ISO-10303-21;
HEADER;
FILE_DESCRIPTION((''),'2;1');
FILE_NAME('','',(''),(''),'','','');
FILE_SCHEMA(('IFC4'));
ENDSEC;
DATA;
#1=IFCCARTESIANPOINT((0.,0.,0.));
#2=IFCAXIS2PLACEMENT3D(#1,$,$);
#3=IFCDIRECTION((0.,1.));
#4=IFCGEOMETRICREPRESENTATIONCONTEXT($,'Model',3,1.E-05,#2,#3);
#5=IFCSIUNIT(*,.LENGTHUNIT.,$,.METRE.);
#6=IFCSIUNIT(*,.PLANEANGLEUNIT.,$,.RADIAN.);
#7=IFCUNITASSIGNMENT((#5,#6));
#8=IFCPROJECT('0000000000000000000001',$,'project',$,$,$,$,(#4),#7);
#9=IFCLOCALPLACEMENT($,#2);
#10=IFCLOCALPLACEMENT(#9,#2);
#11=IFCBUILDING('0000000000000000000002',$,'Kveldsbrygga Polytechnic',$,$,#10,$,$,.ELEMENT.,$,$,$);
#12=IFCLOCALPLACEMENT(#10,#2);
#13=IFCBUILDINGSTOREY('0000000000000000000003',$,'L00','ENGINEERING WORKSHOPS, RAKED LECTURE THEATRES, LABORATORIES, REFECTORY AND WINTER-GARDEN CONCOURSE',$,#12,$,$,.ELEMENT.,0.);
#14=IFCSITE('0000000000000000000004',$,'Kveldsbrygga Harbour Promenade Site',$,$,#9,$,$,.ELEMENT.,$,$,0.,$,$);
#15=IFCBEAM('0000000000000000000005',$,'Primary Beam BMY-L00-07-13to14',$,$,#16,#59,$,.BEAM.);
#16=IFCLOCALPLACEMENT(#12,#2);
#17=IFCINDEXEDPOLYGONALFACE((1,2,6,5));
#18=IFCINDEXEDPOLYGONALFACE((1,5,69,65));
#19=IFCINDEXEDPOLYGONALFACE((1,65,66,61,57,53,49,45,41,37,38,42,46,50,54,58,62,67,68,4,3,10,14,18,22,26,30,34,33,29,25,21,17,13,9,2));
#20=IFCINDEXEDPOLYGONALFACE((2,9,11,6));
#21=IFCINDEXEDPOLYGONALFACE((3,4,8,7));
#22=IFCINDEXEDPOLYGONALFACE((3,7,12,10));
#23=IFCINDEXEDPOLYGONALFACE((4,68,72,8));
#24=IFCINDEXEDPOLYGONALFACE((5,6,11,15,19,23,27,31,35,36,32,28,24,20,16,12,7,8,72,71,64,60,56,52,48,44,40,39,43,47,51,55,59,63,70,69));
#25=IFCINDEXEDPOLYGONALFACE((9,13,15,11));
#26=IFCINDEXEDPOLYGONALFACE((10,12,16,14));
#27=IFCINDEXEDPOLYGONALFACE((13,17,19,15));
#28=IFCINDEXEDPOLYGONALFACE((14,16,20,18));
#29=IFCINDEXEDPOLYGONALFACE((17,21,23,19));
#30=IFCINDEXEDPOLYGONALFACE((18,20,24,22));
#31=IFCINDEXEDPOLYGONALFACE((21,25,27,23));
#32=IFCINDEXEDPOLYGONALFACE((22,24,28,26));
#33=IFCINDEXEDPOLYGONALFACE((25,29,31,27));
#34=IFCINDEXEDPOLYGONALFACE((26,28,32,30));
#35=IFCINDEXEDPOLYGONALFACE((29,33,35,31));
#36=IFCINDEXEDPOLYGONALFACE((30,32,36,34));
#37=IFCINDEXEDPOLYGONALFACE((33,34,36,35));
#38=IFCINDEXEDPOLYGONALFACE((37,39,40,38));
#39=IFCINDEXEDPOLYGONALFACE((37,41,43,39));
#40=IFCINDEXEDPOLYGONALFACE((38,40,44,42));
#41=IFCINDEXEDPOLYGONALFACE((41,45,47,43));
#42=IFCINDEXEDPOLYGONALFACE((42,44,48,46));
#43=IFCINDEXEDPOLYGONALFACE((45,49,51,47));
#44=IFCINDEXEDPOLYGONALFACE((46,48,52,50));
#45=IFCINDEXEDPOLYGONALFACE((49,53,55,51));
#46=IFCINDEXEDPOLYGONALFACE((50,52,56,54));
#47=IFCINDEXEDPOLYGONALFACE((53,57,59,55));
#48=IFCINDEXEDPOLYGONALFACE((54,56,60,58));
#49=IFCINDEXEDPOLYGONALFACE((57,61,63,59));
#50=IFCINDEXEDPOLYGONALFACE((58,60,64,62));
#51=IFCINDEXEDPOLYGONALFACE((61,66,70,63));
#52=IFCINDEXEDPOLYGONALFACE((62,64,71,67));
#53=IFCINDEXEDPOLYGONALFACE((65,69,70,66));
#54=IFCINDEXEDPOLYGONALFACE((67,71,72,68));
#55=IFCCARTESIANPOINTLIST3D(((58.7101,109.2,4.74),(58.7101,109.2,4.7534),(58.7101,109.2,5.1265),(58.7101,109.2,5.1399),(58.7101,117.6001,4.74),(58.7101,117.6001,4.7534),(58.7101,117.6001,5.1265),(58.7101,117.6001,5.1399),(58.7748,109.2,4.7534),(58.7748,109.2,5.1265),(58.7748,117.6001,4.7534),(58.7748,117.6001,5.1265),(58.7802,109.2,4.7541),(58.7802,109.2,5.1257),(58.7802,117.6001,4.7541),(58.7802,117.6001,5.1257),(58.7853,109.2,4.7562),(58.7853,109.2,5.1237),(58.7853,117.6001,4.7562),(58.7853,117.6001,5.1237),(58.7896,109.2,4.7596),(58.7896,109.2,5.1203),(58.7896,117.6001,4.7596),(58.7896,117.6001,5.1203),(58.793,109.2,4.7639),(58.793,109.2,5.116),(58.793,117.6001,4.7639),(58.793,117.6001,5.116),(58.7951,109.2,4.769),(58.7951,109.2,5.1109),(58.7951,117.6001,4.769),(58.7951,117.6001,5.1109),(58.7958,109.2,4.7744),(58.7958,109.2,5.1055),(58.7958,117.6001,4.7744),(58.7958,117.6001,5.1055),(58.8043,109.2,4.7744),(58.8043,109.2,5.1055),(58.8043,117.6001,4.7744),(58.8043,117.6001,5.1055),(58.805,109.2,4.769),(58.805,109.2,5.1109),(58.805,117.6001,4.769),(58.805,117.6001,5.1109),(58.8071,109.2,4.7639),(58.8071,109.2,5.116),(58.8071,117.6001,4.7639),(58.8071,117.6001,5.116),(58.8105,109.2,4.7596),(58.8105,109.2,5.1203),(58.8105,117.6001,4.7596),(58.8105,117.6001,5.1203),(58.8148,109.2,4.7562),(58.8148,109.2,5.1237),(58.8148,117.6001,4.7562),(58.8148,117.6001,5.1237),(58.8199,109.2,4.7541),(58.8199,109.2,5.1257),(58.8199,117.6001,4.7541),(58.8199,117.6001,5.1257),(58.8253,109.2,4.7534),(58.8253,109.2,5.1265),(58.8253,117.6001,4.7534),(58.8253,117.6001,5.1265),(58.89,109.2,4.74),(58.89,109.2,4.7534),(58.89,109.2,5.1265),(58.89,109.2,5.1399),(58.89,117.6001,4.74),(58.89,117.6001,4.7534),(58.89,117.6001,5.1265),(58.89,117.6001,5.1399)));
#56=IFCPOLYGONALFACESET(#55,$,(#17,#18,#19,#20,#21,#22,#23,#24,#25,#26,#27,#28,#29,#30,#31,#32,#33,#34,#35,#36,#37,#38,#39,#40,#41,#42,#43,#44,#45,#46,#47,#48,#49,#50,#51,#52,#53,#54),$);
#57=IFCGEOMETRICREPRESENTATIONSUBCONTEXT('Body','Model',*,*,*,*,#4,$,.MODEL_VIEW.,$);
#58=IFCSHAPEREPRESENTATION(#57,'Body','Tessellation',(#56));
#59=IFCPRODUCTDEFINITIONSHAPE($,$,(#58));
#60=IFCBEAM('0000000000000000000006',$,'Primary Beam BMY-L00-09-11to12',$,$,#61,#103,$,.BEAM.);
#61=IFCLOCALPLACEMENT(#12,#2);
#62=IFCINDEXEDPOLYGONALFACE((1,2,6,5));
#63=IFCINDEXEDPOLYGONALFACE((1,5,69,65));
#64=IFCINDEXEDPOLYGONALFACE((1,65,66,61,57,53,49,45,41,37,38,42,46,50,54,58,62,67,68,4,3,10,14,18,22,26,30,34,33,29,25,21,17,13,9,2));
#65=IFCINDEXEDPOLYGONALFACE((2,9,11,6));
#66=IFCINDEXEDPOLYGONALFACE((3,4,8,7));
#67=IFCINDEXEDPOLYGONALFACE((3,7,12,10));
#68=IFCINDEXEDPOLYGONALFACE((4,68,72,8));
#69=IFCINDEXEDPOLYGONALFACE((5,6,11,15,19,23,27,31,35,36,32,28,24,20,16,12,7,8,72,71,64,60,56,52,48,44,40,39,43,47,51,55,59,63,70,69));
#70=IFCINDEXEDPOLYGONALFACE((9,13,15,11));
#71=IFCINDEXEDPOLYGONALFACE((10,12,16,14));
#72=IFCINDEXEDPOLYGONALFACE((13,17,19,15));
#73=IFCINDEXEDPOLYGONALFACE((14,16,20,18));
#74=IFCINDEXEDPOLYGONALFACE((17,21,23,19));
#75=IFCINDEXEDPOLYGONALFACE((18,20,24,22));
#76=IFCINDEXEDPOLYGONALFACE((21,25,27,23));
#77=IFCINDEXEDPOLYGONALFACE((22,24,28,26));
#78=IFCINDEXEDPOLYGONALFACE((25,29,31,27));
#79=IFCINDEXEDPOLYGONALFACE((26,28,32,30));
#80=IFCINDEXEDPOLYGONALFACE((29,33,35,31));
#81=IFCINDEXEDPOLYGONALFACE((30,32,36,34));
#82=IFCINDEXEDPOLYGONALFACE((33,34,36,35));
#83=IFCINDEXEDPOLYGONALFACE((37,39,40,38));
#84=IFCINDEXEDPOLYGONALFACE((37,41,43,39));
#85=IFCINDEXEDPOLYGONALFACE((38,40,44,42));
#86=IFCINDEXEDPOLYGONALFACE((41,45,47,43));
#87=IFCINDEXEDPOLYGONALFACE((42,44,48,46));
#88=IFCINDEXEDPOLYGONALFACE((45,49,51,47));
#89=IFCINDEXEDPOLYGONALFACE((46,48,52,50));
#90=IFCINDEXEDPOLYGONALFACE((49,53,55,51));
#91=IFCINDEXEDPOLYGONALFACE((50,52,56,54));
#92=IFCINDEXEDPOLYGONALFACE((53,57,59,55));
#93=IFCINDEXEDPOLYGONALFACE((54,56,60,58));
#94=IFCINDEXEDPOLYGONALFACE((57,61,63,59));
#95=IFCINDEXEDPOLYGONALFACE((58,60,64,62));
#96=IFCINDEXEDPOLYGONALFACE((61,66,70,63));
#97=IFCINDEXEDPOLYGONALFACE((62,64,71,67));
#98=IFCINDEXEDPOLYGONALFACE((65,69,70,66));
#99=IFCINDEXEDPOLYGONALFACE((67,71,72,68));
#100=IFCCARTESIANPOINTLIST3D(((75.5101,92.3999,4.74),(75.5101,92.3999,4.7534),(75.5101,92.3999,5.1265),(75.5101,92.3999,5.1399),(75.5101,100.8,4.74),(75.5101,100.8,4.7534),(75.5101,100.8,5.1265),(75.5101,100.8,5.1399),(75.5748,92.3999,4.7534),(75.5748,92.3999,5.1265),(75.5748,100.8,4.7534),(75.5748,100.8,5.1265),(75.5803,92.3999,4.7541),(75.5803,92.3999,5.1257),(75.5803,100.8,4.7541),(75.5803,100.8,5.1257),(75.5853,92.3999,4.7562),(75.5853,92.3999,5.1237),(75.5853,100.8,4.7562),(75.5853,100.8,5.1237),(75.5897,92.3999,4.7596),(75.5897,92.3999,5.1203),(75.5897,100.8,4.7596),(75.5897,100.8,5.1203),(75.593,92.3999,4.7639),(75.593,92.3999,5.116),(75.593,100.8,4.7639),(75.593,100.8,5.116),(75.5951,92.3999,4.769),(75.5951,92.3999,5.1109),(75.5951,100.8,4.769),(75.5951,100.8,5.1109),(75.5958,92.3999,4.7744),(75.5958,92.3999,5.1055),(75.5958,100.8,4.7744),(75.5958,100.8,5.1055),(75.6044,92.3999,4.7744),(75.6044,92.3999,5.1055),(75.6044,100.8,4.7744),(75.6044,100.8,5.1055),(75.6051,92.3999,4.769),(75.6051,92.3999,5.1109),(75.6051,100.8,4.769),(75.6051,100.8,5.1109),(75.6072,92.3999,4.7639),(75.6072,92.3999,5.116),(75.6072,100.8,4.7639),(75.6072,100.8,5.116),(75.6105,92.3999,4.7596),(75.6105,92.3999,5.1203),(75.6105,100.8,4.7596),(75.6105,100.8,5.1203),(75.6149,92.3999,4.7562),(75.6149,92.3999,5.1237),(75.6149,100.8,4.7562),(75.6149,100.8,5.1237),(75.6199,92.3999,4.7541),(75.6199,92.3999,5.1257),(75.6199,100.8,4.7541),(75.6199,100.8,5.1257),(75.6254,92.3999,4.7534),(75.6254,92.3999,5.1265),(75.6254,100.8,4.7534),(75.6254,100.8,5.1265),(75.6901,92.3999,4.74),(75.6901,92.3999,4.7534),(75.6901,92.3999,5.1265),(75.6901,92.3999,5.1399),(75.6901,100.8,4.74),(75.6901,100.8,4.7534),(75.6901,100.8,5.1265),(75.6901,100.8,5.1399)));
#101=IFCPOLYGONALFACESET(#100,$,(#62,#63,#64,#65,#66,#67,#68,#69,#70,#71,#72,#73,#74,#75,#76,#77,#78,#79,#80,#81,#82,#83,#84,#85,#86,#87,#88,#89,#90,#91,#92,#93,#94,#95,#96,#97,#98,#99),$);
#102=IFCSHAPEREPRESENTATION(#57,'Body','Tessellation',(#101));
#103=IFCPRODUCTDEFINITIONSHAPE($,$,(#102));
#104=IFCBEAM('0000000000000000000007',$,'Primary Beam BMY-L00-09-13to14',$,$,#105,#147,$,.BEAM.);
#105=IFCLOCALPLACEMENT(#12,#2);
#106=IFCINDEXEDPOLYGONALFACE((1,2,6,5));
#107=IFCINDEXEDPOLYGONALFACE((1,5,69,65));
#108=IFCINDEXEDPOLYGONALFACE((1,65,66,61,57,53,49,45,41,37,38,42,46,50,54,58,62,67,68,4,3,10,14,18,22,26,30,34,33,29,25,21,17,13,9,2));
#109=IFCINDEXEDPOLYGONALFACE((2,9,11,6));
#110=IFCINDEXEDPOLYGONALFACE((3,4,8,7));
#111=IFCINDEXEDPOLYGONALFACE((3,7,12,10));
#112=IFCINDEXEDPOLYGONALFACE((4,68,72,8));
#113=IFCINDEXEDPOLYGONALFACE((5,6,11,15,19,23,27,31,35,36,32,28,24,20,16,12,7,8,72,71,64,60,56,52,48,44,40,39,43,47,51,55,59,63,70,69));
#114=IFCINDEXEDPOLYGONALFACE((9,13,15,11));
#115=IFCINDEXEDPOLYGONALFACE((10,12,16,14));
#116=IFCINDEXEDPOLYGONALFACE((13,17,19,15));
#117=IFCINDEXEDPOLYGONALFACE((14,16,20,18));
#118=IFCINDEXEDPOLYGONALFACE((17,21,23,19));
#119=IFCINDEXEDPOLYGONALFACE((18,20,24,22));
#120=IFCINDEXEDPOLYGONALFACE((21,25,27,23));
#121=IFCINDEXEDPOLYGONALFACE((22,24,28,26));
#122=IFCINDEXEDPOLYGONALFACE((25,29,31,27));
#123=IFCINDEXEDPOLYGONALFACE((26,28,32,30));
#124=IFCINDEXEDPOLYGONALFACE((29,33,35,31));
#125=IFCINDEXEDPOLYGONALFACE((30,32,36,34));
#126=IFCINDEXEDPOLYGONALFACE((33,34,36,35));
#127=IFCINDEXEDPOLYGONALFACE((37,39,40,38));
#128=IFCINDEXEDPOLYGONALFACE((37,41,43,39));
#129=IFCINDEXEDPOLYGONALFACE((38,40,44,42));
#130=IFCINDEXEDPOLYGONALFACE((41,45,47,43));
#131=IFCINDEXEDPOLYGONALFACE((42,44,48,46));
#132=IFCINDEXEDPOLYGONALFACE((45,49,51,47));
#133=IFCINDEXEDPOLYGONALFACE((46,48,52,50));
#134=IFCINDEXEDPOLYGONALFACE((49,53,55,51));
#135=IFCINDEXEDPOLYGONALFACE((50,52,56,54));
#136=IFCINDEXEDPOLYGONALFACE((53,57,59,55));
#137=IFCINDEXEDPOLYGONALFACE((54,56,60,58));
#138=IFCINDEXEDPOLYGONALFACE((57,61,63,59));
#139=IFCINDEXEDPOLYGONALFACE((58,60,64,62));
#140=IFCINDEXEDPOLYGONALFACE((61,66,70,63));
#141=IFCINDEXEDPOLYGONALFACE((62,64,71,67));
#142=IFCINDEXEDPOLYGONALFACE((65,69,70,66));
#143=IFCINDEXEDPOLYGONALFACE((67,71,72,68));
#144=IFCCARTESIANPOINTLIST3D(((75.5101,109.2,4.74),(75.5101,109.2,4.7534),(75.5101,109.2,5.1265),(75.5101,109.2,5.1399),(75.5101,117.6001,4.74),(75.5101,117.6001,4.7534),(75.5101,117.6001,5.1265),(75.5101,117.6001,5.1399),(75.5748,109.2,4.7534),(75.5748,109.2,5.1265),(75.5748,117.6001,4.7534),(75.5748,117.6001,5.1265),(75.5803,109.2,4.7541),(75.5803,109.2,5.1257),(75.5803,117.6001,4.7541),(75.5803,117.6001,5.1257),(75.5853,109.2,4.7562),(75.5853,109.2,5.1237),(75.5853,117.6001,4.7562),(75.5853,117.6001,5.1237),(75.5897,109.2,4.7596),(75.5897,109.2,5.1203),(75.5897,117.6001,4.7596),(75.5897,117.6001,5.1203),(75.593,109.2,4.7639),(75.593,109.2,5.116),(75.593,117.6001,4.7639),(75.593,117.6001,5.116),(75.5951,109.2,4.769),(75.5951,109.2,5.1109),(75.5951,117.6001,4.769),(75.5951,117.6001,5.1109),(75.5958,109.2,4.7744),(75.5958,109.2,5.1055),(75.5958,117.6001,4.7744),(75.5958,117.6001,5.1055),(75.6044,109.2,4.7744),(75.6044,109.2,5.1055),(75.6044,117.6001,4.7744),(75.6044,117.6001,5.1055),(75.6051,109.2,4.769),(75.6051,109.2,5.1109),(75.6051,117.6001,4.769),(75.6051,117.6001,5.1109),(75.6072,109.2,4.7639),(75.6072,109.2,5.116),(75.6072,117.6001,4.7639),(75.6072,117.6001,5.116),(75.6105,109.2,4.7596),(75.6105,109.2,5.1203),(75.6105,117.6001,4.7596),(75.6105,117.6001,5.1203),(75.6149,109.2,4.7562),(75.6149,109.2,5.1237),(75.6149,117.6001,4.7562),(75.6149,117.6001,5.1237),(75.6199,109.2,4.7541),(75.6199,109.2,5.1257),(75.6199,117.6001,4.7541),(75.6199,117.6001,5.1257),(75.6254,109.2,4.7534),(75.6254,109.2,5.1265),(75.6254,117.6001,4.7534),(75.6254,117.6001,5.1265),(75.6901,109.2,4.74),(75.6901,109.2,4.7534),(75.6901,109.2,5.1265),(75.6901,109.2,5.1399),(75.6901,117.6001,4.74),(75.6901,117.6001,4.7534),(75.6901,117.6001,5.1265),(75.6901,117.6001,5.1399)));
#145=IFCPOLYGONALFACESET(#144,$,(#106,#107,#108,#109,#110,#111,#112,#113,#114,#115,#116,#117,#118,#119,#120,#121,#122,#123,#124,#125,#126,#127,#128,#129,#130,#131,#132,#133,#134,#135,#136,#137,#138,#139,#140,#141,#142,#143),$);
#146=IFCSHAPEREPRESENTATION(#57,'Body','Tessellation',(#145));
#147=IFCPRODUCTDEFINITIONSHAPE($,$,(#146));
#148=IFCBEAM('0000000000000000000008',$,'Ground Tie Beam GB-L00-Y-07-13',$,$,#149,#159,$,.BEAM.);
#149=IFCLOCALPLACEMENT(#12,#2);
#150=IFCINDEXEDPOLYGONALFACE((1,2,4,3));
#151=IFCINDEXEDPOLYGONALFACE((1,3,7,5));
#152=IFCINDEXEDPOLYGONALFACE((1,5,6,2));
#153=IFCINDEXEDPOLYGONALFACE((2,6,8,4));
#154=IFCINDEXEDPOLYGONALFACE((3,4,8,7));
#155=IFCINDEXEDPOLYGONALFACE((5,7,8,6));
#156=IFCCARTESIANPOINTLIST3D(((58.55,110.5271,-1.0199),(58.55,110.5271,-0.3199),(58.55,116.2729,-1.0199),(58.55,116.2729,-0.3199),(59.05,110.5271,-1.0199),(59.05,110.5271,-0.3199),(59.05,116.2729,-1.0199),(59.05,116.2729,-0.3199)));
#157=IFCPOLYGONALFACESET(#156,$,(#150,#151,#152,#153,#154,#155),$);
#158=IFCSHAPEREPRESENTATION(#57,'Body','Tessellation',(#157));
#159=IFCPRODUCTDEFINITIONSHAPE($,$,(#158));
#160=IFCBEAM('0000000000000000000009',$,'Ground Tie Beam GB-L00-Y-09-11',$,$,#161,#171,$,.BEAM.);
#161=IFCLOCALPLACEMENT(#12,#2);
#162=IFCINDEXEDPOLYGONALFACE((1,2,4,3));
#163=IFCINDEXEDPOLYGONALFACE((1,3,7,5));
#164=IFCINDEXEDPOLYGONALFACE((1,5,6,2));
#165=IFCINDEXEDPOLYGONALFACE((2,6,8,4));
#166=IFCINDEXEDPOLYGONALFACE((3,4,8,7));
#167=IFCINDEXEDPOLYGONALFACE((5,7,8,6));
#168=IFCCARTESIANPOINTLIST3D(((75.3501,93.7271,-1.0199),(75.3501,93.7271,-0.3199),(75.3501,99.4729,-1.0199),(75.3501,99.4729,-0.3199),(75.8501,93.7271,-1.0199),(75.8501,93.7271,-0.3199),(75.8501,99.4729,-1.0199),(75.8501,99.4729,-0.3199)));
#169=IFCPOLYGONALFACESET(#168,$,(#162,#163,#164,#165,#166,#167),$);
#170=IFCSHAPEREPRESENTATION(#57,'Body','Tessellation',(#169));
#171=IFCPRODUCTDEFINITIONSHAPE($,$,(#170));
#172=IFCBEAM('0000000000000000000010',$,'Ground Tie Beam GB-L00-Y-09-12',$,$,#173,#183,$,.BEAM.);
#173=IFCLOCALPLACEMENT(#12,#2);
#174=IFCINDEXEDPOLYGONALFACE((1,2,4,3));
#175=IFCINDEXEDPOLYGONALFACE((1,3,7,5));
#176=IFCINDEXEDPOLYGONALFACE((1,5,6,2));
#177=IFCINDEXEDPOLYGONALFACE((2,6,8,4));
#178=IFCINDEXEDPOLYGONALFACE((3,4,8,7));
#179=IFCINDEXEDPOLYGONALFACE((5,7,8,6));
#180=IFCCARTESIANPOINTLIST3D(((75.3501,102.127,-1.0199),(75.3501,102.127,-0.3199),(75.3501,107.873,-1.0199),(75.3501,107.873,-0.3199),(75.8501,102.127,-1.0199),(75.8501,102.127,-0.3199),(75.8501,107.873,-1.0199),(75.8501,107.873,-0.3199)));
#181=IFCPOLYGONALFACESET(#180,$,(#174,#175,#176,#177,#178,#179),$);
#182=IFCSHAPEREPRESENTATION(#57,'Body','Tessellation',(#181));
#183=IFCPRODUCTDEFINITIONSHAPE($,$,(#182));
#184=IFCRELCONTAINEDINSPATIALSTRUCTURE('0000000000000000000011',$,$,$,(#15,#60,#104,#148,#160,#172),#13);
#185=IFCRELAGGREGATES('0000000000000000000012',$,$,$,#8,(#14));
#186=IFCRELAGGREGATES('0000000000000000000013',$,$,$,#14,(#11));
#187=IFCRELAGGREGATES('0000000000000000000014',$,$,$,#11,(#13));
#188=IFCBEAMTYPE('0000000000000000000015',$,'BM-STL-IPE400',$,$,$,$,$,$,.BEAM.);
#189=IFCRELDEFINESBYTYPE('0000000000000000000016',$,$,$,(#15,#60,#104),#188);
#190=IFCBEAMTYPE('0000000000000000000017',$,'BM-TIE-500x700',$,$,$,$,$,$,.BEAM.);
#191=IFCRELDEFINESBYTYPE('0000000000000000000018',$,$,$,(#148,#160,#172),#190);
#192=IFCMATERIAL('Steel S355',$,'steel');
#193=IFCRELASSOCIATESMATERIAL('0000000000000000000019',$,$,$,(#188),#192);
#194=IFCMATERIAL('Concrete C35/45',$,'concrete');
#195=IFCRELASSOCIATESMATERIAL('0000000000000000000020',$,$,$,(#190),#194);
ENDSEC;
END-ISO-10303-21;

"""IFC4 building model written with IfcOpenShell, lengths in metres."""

from ifc_helpers import new_model, si_unit, direction, frame, origin, origin_2d, place, context, subcontext, project, spatial, rectangle, i_section, extrude, material, material_profile, profile_set, type_object, element, save


model = new_model("IFC4")

# Units and contexts
model_context = context("Model", 3, precision=1e-05, world=origin(), true_north=direction((0.0, 1.0)))
body_context = subcontext(model_context, "Body", "Model", "MODEL_VIEW")
ifc_project = project(units=[si_unit("LENGTHUNIT", "METRE"), si_unit("PLANEANGLEUNIT", "RADIAN")], contexts=[model_context])

# Site, building, storey
site_placement = place(None, origin())
site = spatial("IfcSite", under=ifc_project, at=site_placement, Name="Kveldsbrygga Harbour Promenade Site", CompositionType="ELEMENT", RefElevation=0.0)
building_placement = place(site_placement, origin())
building = spatial("IfcBuilding", under=site, at=building_placement, Name="Kveldsbrygga Polytechnic", CompositionType="ELEMENT")
storey_placement = place(building_placement, origin())
storey = spatial("IfcBuildingStorey", under=building, at=storey_placement, Name="L00", Description="ENGINEERING WORKSHOPS, RAKED LECTURE THEATRES, LABORATORIES, REFECTORY AND WINTER-GARDEN CONCOURSE", CompositionType="ELEMENT", Elevation=0.0)

# Beams
ifc_material_1 = material(Name="Steel S355", Category="steel")
ifc_material_profile_1 = material_profile(ifc_material_1, i_section(OverallWidth=0.1799, OverallDepth=0.3999, WebThickness=0.0085, FlangeThickness=0.0134, FilletRadius=0.021, at=origin_2d()), Name="IPE 400")
ifc_profile_set_1 = profile_set([ifc_material_profile_1], Name="Steel S355")
beam_type_1 = type_object("IfcBeamType", Name="BM-STL-IPE400", PredefinedType="BEAM", material=ifc_profile_set_1)
for number, where, z_axis, x_axis, name in (
    (1, (58.8, 109.2, 4.9399), (0.0, 1.0, 0.0), (-1.0, 0.0, 0.0), "Primary Beam BMY-L00-07-13to14"),
    (2, (75.6001, 92.3999, 4.9399), (0.0, 1.0, 0.0), (-1.0, 0.0, 0.0), "Primary Beam BMY-L00-09-11to12"),
    (3, (75.6001, 109.2, 4.9399), (0.0, 1.0, 0.0), (-1.0, 0.0, 0.0), "Primary Beam BMY-L00-09-13to14"),
):
    element("IfcBeam", number, at=place(storey_placement, frame(where, z_axis=z_axis, x_axis=x_axis)), inside=storey, type_object=beam_type_1, Name=name, PredefinedType="BEAM", context=body_context, shape_type="SweptSolid", body=[
        extrude(i_section(OverallWidth=0.1799, OverallDepth=0.3999, WebThickness=0.0085, FlangeThickness=0.0134, FilletRadius=0.021, at=origin_2d()), origin(), (0.0, 0.0, 1.0), 8.4001),
    ])
ifc_material_2 = material(Name="Concrete C35/45", Category="concrete")
ifc_material_profile_2 = material_profile(ifc_material_2, rectangle(XDim=0.5, YDim=0.7, at=origin_2d()), Name="RC 500x700")
ifc_profile_set_2 = profile_set([ifc_material_profile_2], Name="Concrete C35/45")
beam_type_2 = type_object("IfcBeamType", Name="BM-TIE-500x700", PredefinedType="BEAM", material=ifc_profile_set_2)
for number, where, z_axis, x_axis, name in (
    (4, (58.8, 110.5271, -0.6699), (0.0, 1.0, 0.0), (-1.0, 0.0, 0.0), "Ground Tie Beam GB-L00-Y-07-13"),
    (5, (75.6001, 93.7271, -0.6699), (0.0, 1.0, 0.0), (-1.0, 0.0, 0.0), "Ground Tie Beam GB-L00-Y-09-11"),
):
    element("IfcBeam", number, at=place(storey_placement, frame(where, z_axis=z_axis, x_axis=x_axis)), inside=storey, type_object=beam_type_2, Name=name, PredefinedType="BEAM", context=body_context, shape_type="SweptSolid", body=[
        extrude(rectangle(XDim=0.5, YDim=0.7, at=origin_2d()), origin(), (0.0, 0.0, 1.0), 5.7458),
    ])
beam_1_placement = place(storey_placement, frame((75.6001, 102.127, -0.6699), z_axis=(0.0, 1.0, 0.0), x_axis=(-1.0, 0.0, 0.0)))
element("IfcBeam", 6, at=beam_1_placement, inside=storey, type_object=beam_type_2, Name="Ground Tie Beam GB-L00-Y-09-12", PredefinedType="BEAM", context=body_context, shape_type="SweptSolid", body=[
    extrude(rectangle(XDim=0.5, YDim=0.7, at=origin_2d()), origin(), (0.0, 0.0, 1.0), 5.7461),
])

save(model, "model.ifc")
